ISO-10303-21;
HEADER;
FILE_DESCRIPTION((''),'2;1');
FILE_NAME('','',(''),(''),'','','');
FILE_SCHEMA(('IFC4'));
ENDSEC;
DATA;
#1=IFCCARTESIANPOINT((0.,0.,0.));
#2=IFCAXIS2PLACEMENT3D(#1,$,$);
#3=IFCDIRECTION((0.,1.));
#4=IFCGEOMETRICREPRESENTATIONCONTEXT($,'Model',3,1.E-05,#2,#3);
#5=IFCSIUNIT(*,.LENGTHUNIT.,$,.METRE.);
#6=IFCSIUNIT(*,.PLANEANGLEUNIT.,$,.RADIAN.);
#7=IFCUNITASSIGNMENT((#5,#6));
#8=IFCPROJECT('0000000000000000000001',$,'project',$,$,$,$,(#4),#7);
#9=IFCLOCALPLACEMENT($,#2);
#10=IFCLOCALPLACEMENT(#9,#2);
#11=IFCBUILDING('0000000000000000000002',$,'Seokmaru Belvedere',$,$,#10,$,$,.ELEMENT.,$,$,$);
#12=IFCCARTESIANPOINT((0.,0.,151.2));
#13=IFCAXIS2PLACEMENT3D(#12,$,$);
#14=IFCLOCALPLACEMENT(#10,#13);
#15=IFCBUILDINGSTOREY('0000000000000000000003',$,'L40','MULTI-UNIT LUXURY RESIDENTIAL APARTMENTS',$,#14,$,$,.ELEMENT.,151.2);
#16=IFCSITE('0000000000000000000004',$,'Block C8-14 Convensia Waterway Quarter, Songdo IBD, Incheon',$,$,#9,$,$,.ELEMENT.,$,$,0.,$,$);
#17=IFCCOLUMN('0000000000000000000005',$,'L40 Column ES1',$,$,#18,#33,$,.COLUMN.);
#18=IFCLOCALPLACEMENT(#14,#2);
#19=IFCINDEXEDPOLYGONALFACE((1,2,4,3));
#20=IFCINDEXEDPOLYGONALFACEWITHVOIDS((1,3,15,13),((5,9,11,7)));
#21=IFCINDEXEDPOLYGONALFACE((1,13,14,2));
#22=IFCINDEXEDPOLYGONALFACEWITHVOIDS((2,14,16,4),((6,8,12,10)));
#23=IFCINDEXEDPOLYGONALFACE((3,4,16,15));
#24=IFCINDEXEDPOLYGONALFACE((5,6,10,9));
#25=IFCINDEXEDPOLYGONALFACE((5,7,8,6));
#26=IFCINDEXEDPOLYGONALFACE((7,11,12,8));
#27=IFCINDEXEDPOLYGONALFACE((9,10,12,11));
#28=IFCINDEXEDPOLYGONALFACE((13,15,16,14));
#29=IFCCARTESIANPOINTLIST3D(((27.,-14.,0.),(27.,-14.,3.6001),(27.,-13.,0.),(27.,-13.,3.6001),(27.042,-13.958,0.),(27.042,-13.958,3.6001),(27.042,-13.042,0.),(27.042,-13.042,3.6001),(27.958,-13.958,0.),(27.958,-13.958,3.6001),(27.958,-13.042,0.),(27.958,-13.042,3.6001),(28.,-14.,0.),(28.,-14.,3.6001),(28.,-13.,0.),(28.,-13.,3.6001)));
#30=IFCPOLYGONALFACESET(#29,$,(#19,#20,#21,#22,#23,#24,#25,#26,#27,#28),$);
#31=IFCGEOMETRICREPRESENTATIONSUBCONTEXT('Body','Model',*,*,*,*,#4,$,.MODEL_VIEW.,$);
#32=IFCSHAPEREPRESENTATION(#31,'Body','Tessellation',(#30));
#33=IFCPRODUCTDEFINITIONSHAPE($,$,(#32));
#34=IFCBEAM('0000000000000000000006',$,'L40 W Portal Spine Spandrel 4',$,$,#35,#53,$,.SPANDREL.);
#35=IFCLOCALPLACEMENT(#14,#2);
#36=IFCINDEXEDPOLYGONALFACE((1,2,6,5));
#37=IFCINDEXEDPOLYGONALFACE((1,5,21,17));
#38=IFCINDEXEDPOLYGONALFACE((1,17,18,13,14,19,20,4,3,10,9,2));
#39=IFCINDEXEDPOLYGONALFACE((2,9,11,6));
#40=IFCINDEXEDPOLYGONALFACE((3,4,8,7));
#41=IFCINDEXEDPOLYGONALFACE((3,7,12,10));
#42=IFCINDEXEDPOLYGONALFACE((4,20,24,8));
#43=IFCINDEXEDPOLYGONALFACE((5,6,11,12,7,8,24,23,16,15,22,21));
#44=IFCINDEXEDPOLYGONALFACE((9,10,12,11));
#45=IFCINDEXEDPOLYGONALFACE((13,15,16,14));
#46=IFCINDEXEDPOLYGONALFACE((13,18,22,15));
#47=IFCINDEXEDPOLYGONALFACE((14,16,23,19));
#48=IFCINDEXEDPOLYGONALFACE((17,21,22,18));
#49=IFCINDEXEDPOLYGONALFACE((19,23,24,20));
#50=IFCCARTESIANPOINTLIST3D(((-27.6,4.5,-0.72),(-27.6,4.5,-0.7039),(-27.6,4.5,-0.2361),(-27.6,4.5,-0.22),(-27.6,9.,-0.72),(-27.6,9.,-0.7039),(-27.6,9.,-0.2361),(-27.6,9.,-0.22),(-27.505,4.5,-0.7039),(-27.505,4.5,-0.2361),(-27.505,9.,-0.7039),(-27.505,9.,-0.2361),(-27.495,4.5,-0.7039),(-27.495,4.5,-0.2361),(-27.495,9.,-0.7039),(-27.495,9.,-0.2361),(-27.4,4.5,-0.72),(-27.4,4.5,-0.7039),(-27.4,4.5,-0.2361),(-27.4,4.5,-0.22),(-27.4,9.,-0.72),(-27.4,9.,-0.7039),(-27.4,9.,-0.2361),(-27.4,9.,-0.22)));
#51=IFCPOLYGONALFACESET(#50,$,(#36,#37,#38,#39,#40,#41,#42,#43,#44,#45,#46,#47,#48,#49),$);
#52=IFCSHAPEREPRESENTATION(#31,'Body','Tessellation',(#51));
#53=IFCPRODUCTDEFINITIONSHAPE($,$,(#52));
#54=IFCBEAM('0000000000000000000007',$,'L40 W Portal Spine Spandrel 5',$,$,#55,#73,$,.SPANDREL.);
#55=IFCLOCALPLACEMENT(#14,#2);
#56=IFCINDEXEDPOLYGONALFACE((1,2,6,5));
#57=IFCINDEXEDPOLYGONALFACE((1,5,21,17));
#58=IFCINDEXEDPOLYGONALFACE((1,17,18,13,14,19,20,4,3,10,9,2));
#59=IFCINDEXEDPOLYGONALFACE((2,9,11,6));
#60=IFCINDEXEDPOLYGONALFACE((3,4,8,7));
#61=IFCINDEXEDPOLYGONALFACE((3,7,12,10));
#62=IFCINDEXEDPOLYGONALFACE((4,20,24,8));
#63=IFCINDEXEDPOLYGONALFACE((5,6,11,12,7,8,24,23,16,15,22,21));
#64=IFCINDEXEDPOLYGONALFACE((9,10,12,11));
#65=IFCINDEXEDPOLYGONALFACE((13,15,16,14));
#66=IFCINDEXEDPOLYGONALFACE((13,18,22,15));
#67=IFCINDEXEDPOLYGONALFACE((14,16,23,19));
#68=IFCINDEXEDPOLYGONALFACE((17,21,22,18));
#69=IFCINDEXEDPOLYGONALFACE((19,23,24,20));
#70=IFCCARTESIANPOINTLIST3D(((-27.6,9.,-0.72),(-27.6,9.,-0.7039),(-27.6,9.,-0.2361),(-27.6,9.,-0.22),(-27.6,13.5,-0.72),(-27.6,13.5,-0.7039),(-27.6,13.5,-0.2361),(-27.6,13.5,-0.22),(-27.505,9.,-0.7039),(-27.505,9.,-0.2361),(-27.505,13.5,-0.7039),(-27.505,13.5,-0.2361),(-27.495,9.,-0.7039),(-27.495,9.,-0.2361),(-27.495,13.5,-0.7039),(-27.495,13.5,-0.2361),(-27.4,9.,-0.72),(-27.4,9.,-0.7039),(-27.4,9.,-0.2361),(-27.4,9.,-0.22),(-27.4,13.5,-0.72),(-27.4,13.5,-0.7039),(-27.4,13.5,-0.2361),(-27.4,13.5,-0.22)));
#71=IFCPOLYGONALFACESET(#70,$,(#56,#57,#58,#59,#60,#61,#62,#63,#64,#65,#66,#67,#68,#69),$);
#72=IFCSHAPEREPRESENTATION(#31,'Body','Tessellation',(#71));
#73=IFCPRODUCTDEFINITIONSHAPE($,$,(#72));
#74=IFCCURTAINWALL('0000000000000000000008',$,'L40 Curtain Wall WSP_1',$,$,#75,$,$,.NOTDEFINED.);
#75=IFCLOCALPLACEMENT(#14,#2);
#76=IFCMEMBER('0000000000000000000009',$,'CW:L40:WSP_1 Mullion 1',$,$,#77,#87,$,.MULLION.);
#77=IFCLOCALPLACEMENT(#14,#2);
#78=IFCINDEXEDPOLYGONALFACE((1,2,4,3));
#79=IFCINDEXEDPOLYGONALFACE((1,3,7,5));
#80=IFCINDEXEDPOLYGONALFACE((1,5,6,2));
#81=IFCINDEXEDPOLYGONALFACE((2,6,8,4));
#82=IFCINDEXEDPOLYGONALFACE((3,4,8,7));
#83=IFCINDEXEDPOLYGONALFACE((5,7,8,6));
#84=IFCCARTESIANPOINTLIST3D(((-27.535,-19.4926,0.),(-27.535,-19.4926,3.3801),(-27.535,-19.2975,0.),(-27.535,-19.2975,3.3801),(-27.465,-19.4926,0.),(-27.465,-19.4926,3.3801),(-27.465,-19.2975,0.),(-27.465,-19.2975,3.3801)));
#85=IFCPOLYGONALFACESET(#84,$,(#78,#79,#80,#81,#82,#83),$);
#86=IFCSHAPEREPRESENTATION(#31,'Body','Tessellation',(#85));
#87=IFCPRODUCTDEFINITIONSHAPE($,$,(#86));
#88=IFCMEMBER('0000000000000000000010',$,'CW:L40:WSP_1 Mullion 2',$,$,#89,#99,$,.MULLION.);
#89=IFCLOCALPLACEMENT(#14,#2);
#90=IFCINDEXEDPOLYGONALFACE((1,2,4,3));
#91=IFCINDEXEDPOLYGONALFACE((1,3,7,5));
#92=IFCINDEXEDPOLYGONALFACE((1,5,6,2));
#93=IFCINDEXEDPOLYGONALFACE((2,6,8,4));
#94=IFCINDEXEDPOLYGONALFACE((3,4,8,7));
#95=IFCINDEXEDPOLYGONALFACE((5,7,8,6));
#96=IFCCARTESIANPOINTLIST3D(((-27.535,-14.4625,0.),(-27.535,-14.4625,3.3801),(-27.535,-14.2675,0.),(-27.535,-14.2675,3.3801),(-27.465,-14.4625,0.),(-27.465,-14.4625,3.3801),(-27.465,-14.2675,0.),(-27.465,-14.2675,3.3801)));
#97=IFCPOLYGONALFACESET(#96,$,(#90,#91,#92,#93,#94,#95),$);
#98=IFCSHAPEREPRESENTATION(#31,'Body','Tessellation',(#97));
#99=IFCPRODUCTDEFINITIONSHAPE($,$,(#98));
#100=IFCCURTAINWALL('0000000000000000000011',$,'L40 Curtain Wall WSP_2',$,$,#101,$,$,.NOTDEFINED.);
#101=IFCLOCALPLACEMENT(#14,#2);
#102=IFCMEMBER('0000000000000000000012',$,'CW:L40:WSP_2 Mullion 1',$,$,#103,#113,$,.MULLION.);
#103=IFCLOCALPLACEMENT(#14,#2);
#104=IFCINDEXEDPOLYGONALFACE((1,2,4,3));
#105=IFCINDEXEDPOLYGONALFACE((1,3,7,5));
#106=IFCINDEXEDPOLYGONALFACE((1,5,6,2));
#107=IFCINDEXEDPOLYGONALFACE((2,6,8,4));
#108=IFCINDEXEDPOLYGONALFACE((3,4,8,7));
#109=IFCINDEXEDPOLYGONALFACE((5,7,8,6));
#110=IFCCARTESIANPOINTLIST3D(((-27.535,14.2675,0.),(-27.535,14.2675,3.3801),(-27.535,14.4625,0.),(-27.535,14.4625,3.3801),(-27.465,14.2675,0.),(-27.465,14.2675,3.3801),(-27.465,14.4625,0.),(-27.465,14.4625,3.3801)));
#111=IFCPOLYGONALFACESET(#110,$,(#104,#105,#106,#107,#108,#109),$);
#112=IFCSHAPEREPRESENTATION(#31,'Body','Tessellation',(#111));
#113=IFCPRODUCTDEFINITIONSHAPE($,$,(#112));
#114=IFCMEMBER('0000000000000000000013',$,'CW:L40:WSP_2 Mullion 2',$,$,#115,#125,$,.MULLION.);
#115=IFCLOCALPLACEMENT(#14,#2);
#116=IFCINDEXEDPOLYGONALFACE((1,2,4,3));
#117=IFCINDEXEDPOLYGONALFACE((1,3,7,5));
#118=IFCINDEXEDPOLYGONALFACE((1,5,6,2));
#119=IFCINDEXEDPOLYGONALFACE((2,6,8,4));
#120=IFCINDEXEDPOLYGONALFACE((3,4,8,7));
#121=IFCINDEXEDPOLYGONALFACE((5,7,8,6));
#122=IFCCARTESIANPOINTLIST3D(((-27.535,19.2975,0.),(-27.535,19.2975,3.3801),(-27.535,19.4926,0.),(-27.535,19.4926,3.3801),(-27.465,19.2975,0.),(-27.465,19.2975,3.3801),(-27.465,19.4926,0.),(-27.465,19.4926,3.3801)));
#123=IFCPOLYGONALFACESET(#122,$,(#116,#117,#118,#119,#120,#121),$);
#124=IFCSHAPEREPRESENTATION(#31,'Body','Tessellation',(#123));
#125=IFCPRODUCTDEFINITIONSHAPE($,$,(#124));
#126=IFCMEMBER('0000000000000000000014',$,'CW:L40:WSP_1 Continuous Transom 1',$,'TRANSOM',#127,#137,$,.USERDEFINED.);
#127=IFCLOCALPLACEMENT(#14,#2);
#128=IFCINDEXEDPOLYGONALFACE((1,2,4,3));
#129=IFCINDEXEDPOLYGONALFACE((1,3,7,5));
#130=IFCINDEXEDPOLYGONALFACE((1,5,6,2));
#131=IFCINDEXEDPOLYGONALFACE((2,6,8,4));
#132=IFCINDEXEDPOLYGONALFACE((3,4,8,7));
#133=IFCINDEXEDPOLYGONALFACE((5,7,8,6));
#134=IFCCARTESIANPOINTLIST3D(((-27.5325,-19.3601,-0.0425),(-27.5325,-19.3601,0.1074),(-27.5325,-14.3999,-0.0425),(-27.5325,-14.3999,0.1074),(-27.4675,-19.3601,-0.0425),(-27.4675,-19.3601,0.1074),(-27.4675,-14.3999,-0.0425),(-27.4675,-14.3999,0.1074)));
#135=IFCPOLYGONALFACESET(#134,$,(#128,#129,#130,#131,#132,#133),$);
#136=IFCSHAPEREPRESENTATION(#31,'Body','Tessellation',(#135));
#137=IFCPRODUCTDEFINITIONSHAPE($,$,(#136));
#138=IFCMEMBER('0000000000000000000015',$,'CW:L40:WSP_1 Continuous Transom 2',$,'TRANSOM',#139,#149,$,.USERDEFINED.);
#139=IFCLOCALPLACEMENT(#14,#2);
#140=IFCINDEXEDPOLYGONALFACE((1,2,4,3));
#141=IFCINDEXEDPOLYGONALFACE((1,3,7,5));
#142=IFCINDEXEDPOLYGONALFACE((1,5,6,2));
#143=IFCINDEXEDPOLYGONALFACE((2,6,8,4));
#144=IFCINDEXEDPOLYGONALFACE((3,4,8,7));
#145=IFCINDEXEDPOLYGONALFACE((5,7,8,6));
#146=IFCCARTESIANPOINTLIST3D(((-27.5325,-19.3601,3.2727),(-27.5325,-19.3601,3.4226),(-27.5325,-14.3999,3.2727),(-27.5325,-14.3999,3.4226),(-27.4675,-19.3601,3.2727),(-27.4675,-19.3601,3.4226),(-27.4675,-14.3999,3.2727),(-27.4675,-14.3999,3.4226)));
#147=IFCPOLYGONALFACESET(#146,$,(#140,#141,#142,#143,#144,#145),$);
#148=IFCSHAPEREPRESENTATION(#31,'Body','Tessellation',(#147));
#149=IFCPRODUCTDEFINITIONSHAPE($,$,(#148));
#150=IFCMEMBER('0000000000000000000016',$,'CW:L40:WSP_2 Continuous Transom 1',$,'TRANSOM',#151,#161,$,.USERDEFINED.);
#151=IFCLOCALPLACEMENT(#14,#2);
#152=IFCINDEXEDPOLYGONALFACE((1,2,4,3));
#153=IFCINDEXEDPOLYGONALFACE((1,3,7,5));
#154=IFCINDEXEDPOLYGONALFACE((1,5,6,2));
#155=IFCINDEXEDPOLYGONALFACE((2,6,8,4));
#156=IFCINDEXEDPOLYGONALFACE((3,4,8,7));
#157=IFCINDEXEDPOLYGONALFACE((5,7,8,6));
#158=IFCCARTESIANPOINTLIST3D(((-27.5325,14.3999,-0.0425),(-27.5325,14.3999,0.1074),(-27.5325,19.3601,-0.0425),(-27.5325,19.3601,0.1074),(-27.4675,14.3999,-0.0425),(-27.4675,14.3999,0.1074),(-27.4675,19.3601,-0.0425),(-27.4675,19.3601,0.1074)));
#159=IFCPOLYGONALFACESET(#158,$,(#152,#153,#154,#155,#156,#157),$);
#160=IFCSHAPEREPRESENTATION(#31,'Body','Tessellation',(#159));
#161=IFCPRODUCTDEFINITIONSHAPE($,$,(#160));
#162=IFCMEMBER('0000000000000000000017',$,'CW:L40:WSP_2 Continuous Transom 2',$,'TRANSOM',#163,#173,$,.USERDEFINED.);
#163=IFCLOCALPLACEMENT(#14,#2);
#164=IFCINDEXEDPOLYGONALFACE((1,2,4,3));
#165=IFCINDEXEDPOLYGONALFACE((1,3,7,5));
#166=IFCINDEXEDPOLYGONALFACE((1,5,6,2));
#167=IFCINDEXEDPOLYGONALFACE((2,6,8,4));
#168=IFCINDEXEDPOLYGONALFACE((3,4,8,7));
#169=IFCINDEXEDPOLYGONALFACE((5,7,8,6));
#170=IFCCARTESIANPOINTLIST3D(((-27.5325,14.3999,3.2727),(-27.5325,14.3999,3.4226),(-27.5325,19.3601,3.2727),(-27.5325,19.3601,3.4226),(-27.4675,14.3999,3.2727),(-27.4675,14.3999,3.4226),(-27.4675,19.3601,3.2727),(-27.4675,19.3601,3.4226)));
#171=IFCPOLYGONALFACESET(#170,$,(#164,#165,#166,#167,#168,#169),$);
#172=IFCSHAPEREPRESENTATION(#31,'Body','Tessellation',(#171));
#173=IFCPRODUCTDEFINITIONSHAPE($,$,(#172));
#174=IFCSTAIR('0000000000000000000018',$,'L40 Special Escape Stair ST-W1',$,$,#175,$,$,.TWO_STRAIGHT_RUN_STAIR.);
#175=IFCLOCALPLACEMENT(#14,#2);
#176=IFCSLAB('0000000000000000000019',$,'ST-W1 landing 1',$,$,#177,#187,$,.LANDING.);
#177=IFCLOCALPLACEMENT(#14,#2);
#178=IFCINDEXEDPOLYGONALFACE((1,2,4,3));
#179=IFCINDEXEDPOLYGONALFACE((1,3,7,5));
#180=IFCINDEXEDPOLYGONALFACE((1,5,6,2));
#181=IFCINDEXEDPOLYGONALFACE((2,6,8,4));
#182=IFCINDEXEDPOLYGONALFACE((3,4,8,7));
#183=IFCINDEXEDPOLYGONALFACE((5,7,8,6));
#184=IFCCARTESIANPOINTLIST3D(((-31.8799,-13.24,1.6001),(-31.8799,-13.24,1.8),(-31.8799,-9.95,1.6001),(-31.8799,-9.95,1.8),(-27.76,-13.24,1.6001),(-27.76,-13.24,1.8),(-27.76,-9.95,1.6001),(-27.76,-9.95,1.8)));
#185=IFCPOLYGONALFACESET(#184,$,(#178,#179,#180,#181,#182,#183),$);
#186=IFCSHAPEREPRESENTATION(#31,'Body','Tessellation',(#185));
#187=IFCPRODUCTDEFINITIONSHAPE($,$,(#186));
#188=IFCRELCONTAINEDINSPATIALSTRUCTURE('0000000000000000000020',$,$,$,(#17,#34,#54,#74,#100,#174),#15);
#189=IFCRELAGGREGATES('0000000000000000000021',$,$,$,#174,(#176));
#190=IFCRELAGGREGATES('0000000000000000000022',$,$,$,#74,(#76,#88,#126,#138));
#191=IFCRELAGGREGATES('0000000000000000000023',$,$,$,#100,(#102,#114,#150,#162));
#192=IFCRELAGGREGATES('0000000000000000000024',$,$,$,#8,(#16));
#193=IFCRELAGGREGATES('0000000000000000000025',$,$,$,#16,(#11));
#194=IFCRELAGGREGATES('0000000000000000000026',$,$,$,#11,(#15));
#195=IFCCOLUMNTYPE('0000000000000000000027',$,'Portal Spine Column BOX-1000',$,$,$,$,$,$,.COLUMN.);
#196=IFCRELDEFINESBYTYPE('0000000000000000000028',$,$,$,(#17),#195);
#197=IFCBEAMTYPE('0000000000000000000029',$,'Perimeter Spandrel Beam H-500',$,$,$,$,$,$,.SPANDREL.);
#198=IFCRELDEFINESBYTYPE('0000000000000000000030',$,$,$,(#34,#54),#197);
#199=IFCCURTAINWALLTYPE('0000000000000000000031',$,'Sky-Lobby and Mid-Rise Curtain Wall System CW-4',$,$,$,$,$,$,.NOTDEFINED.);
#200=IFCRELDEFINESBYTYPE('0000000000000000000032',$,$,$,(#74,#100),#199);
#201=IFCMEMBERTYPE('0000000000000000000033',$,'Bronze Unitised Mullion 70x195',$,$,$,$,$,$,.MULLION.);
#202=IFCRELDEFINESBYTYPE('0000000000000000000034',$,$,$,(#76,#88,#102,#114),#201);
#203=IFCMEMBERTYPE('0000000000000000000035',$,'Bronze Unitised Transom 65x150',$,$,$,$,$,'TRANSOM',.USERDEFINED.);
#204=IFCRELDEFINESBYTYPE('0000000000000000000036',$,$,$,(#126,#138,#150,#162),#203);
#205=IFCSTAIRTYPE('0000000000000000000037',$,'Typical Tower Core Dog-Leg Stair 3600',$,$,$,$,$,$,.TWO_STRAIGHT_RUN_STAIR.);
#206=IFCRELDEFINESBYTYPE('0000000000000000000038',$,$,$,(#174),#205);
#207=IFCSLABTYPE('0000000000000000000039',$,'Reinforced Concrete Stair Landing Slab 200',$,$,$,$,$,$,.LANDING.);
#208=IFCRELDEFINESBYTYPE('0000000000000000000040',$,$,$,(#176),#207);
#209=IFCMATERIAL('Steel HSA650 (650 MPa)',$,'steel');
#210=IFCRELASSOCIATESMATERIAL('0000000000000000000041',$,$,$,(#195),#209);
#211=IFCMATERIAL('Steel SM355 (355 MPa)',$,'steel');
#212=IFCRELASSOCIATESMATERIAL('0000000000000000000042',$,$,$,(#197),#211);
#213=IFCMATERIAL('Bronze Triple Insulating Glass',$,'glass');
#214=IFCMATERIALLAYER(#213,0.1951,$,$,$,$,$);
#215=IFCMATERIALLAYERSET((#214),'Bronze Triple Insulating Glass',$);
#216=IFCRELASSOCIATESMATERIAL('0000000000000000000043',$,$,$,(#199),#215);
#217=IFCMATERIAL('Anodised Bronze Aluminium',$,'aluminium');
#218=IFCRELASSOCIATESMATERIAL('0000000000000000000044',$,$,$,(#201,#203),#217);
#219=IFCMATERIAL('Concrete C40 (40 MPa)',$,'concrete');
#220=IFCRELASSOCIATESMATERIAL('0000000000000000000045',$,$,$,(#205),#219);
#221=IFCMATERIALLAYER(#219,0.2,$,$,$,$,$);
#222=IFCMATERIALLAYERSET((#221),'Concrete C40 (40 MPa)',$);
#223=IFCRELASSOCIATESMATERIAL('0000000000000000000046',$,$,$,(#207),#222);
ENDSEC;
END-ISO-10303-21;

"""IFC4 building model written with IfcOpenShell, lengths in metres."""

from ifc_helpers import new_model, si_unit, direction, frame, origin, origin_2d, place, context, subcontext, project, spatial, polyline, rectangle, hollow_rectangle, i_section, outline, extrude, source, transform, mapped, material, layer, layer_set, material_profile, profile_set, type_object, type_shapes, element, aggregate, save


model = new_model("IFC4")

# Units and contexts
model_context = context("Model", 3, precision=1e-05, world=origin(), true_north=direction((0.0, 1.0)))
body_context = subcontext(model_context, "Body", "Model", "MODEL_VIEW")
ifc_project = project(units=[si_unit("LENGTHUNIT", "METRE"), si_unit("PLANEANGLEUNIT", "RADIAN")], contexts=[model_context])

# Site, building, storey
site_placement = place(None, origin())
site = spatial("IfcSite", under=ifc_project, at=site_placement, Name="Block C8-14 Convensia Waterway Quarter, Songdo IBD, Incheon", CompositionType="ELEMENT", RefElevation=0.0)
building_placement = place(site_placement, origin())
building = spatial("IfcBuilding", under=site, at=building_placement, Name="Seokmaru Belvedere", CompositionType="ELEMENT")
storey_placement = place(building_placement, frame((0.0, 0.0, 151.2)))
storey = spatial("IfcBuildingStorey", under=building, at=storey_placement, Name="L40", Description="MULTI-UNIT LUXURY RESIDENTIAL APARTMENTS", CompositionType="ELEMENT", Elevation=151.2)

# Column
ifc_material_1 = material(Name="Steel HSA650 (650 MPa)", Category="steel")
ifc_material_profile_1 = material_profile(ifc_material_1, hollow_rectangle(XDim=1.0, YDim=1.0, WallThickness=0.042, at=origin_2d()), Name="BOX-1000x1000x42")
ifc_profile_set_1 = profile_set([ifc_material_profile_1], Name="Steel HSA650 (650 MPa)")
column_type = type_object("IfcColumnType", Name="Portal Spine Column BOX-1000", PredefinedType="COLUMN", material=ifc_profile_set_1)
shared_shape_1 = source(origin(), body_context, "Body", "SweptSolid", [
    extrude(hollow_rectangle(XDim=1.0, YDim=1.0, WallThickness=0.042, at=origin_2d()), origin(), (0.0, 0.0, 1.0), 3.6001),
])
type_shapes(column_type, [shared_shape_1])
column_placement = place(storey_placement, frame((27.5, -13.5, 0.0), z_axis=(0.0, 0.0, 1.0), x_axis=(1.0, 0.0, 0.0)))
element("IfcColumn", 1, at=column_placement, inside=storey, type_object=column_type, Name="L40 Column ES1", PredefinedType="COLUMN", context=body_context, shape_type="MappedRepresentation", body=[
    mapped(shared_shape_1, transform((0.0, 0.0, 0.0), scale=1.0)),
])

# Beams
ifc_material_2 = material(Name="Steel SM355 (355 MPa)", Category="steel")
ifc_material_profile_2 = material_profile(ifc_material_2, i_section(OverallWidth=0.2, OverallDepth=0.5, WebThickness=0.01, FlangeThickness=0.0161, at=origin_2d()), Name="H-500x200x10x16")
ifc_profile_set_2 = profile_set([ifc_material_profile_2], Name="Steel SM355 (355 MPa)")
beam_type = type_object("IfcBeamType", Name="Perimeter Spandrel Beam H-500", PredefinedType="SPANDREL", material=ifc_profile_set_2)
shared_shape_2 = source(origin(), body_context, "Body", "SweptSolid", [
    extrude(i_section(OverallWidth=0.2, OverallDepth=0.5, WebThickness=0.01, FlangeThickness=0.0161, at=origin_2d()), origin(), (0.0, 0.0, 1.0), 4.5),
])
type_shapes(beam_type, [shared_shape_2])
for number, where, z_axis, x_axis, name in (
    (2, (-27.5, 4.5, -0.47), (0.0, 1.0, 0.0), (-1.0, 0.0, 0.0), "L40 W Portal Spine Spandrel 4"),
    (3, (-27.5, 9.0, -0.47), (0.0, 1.0, 0.0), (-1.0, 0.0, 0.0), "L40 W Portal Spine Spandrel 5"),
):
    element("IfcBeam", number, at=place(storey_placement, frame(where, z_axis=z_axis, x_axis=x_axis)), inside=storey, type_object=beam_type, Name=name, PredefinedType="SPANDREL", context=body_context, shape_type="MappedRepresentation", body=[
        mapped(shared_shape_2, transform((0.0, 0.0, 0.0), scale=1.0)),
    ])

# Curtain walls, members
ifc_material_3 = material(Name="Bronze Triple Insulating Glass", Category="glass")
ifc_layer_1 = layer(ifc_material_3, 0.1951)
ifc_layer_set_1 = layer_set([ifc_layer_1], Name="Bronze Triple Insulating Glass")
curtain_wall_type = type_object("IfcCurtainWallType", Name="Sky-Lobby and Mid-Rise Curtain Wall System CW-4", PredefinedType="NOTDEFINED", material=ifc_layer_set_1)
curtain_wall_1_placement = place(storey_placement, origin())
curtain_wall_1 = element("IfcCurtainWall", 4, at=curtain_wall_1_placement, inside=storey, type_object=curtain_wall_type, Name="L40 Curtain Wall WSP_1", PredefinedType="NOTDEFINED")
ifc_material_4 = material(Name="Anodised Bronze Aluminium", Category="aluminium")
ifc_material_profile_3 = material_profile(ifc_material_4, rectangle(XDim=0.0701, YDim=0.1951, at=origin_2d()), Name="CW-M-70x195")
ifc_profile_set_3 = profile_set([ifc_material_profile_3], Name="Anodised Bronze Aluminium")
member_type_1 = type_object("IfcMemberType", Name="Bronze Unitised Mullion 70x195", PredefinedType="MULLION", material=ifc_profile_set_3)
shared_shape_3 = source(origin(), body_context, "Body", "SweptSolid", [
    extrude(rectangle(XDim=0.0701, YDim=0.1951, at=origin_2d()), origin(), (0.0, 0.0, 1.0), 3.3801),
])
type_shapes(member_type_1, [shared_shape_3])
member_1_placement = place(storey_placement, frame((-27.5, -19.395, 0.0), z_axis=(0.0, 0.0, 1.0), x_axis=(-1.0, 0.0, 0.0)))
member_1 = element("IfcMember", 5, at=member_1_placement, type_object=member_type_1, Name="CW:L40:WSP_1 Mullion 1", PredefinedType="MULLION", context=body_context, shape_type="MappedRepresentation", body=[
    mapped(shared_shape_3, transform((0.0, 0.0, 0.0), scale=1.0)),
])
member_2_placement = place(storey_placement, frame((-27.5, -14.365, 0.0), z_axis=(0.0, 0.0, 1.0), x_axis=(-1.0, 0.0, 0.0)))
member_2 = element("IfcMember", 6, at=member_2_placement, type_object=member_type_1, Name="CW:L40:WSP_1 Mullion 2", PredefinedType="MULLION", context=body_context, shape_type="MappedRepresentation", body=[
    mapped(shared_shape_3, transform((0.0, 0.0, 0.0), scale=1.0)),
])
curtain_wall_2_placement = place(storey_placement, origin())
curtain_wall_2 = element("IfcCurtainWall", 7, at=curtain_wall_2_placement, inside=storey, type_object=curtain_wall_type, Name="L40 Curtain Wall WSP_2", PredefinedType="NOTDEFINED")
member_3_placement = place(storey_placement, frame((-27.5, 14.365, 0.0), z_axis=(0.0, 0.0, 1.0), x_axis=(-1.0, 0.0, 0.0)))
member_3 = element("IfcMember", 8, at=member_3_placement, type_object=member_type_1, Name="CW:L40:WSP_2 Mullion 1", PredefinedType="MULLION", context=body_context, shape_type="MappedRepresentation", body=[
    mapped(shared_shape_3, transform((0.0, 0.0, 0.0), scale=1.0)),
])
member_4_placement = place(storey_placement, frame((-27.5, 19.395, 0.0), z_axis=(0.0, 0.0, 1.0), x_axis=(-1.0, 0.0, 0.0)))
member_4 = element("IfcMember", 9, at=member_4_placement, type_object=member_type_1, Name="CW:L40:WSP_2 Mullion 2", PredefinedType="MULLION", context=body_context, shape_type="MappedRepresentation", body=[
    mapped(shared_shape_3, transform((0.0, 0.0, 0.0), scale=1.0)),
])

# Members
ifc_material_profile_4 = material_profile(ifc_material_4, rectangle(XDim=0.0649, YDim=0.1499, at=origin_2d()), Name="CW-T-65x150")
ifc_profile_set_4 = profile_set([ifc_material_profile_4], Name="Anodised Bronze Aluminium")
member_type_2 = type_object("IfcMemberType", Name="Bronze Unitised Transom 65x150", ElementType="TRANSOM", PredefinedType="USERDEFINED", material=ifc_profile_set_4)
shared_shape_4 = source(origin(), body_context, "Body", "SweptSolid", [
    extrude(rectangle(XDim=0.0649, YDim=0.1499, at=origin_2d()), origin(), (0.0, 0.0, 1.0), 4.9602),
])
type_shapes(member_type_2, [shared_shape_4])
member_5_placement = place(storey_placement, frame((-27.5, -19.3601, 0.0325), z_axis=(0.0, 1.0, 0.0), x_axis=(-1.0, 0.0, 0.0)))
member_5 = element("IfcMember", 10, at=member_5_placement, type_object=member_type_2, Name="CW:L40:WSP_1 Continuous Transom 1", ObjectType="TRANSOM", PredefinedType="USERDEFINED", context=body_context, shape_type="MappedRepresentation", body=[
    mapped(shared_shape_4, transform((0.0, 0.0, 0.0), scale=1.0)),
])
member_6_placement = place(storey_placement, frame((-27.5, -19.3601, 3.3477), z_axis=(0.0, 1.0, 0.0), x_axis=(-1.0, 0.0, 0.0)))
member_6 = element("IfcMember", 11, at=member_6_placement, type_object=member_type_2, Name="CW:L40:WSP_1 Continuous Transom 2", ObjectType="TRANSOM", PredefinedType="USERDEFINED", context=body_context, shape_type="MappedRepresentation", body=[
    mapped(shared_shape_4, transform((0.0, 0.0, 0.0), scale=1.0)),
])
member_7_placement = place(storey_placement, frame((-27.5, 14.3999, 0.0325), z_axis=(0.0, 1.0, 0.0), x_axis=(-1.0, 0.0, 0.0)))
member_7 = element("IfcMember", 12, at=member_7_placement, type_object=member_type_2, Name="CW:L40:WSP_2 Continuous Transom 1", ObjectType="TRANSOM", PredefinedType="USERDEFINED", context=body_context, shape_type="MappedRepresentation", body=[
    mapped(shared_shape_4, transform((0.0, 0.0, 0.0), scale=1.0)),
])
member_8_placement = place(storey_placement, frame((-27.5, 14.3999, 3.3477), z_axis=(0.0, 1.0, 0.0), x_axis=(-1.0, 0.0, 0.0)))
member_8 = element("IfcMember", 13, at=member_8_placement, type_object=member_type_2, Name="CW:L40:WSP_2 Continuous Transom 2", ObjectType="TRANSOM", PredefinedType="USERDEFINED", context=body_context, shape_type="MappedRepresentation", body=[
    mapped(shared_shape_4, transform((0.0, 0.0, 0.0), scale=1.0)),
])

# Stair, slab
ifc_material_5 = material(Name="Concrete C40 (40 MPa)", Category="concrete")
stair_type = type_object("IfcStairType", Name="Typical Tower Core Dog-Leg Stair 3600", PredefinedType="TWO_STRAIGHT_RUN_STAIR", material=ifc_material_5)
stair_1_placement = place(storey_placement, origin())
stair_1 = element("IfcStair", 14, at=stair_1_placement, inside=storey, type_object=stair_type, Name="L40 Special Escape Stair ST-W1", PredefinedType="TWO_STRAIGHT_RUN_STAIR")
ifc_layer_2 = layer(ifc_material_5, 0.2)
ifc_layer_set_2 = layer_set([ifc_layer_2], Name="Concrete C40 (40 MPa)")
slab_type_1 = type_object("IfcSlabType", Name="Reinforced Concrete Stair Landing Slab 200", PredefinedType="LANDING", material=ifc_layer_set_2)
slab_1_placement = place(storey_placement, frame((0.0, 0.0, 1.6001)))
slab_1 = element("IfcSlab", 15, at=slab_1_placement, type_object=slab_type_1, Name="ST-W1 landing 1", PredefinedType="LANDING", context=body_context, shape_type="SweptSolid", body=[
    extrude(outline(polyline([(-31.8799, -13.24), (-27.76, -13.24), (-27.76, -9.95), (-31.8799, -9.95), (-31.8799, -13.24)])), origin(), (0.0, 0.0, 1.0), 0.2),
])
aggregate(stair_1, [slab_1])

aggregate(curtain_wall_1, [member_1, member_2, member_5, member_6])
aggregate(curtain_wall_2, [member_3, member_4, member_7, member_8])

save(model, "model.ifc")
